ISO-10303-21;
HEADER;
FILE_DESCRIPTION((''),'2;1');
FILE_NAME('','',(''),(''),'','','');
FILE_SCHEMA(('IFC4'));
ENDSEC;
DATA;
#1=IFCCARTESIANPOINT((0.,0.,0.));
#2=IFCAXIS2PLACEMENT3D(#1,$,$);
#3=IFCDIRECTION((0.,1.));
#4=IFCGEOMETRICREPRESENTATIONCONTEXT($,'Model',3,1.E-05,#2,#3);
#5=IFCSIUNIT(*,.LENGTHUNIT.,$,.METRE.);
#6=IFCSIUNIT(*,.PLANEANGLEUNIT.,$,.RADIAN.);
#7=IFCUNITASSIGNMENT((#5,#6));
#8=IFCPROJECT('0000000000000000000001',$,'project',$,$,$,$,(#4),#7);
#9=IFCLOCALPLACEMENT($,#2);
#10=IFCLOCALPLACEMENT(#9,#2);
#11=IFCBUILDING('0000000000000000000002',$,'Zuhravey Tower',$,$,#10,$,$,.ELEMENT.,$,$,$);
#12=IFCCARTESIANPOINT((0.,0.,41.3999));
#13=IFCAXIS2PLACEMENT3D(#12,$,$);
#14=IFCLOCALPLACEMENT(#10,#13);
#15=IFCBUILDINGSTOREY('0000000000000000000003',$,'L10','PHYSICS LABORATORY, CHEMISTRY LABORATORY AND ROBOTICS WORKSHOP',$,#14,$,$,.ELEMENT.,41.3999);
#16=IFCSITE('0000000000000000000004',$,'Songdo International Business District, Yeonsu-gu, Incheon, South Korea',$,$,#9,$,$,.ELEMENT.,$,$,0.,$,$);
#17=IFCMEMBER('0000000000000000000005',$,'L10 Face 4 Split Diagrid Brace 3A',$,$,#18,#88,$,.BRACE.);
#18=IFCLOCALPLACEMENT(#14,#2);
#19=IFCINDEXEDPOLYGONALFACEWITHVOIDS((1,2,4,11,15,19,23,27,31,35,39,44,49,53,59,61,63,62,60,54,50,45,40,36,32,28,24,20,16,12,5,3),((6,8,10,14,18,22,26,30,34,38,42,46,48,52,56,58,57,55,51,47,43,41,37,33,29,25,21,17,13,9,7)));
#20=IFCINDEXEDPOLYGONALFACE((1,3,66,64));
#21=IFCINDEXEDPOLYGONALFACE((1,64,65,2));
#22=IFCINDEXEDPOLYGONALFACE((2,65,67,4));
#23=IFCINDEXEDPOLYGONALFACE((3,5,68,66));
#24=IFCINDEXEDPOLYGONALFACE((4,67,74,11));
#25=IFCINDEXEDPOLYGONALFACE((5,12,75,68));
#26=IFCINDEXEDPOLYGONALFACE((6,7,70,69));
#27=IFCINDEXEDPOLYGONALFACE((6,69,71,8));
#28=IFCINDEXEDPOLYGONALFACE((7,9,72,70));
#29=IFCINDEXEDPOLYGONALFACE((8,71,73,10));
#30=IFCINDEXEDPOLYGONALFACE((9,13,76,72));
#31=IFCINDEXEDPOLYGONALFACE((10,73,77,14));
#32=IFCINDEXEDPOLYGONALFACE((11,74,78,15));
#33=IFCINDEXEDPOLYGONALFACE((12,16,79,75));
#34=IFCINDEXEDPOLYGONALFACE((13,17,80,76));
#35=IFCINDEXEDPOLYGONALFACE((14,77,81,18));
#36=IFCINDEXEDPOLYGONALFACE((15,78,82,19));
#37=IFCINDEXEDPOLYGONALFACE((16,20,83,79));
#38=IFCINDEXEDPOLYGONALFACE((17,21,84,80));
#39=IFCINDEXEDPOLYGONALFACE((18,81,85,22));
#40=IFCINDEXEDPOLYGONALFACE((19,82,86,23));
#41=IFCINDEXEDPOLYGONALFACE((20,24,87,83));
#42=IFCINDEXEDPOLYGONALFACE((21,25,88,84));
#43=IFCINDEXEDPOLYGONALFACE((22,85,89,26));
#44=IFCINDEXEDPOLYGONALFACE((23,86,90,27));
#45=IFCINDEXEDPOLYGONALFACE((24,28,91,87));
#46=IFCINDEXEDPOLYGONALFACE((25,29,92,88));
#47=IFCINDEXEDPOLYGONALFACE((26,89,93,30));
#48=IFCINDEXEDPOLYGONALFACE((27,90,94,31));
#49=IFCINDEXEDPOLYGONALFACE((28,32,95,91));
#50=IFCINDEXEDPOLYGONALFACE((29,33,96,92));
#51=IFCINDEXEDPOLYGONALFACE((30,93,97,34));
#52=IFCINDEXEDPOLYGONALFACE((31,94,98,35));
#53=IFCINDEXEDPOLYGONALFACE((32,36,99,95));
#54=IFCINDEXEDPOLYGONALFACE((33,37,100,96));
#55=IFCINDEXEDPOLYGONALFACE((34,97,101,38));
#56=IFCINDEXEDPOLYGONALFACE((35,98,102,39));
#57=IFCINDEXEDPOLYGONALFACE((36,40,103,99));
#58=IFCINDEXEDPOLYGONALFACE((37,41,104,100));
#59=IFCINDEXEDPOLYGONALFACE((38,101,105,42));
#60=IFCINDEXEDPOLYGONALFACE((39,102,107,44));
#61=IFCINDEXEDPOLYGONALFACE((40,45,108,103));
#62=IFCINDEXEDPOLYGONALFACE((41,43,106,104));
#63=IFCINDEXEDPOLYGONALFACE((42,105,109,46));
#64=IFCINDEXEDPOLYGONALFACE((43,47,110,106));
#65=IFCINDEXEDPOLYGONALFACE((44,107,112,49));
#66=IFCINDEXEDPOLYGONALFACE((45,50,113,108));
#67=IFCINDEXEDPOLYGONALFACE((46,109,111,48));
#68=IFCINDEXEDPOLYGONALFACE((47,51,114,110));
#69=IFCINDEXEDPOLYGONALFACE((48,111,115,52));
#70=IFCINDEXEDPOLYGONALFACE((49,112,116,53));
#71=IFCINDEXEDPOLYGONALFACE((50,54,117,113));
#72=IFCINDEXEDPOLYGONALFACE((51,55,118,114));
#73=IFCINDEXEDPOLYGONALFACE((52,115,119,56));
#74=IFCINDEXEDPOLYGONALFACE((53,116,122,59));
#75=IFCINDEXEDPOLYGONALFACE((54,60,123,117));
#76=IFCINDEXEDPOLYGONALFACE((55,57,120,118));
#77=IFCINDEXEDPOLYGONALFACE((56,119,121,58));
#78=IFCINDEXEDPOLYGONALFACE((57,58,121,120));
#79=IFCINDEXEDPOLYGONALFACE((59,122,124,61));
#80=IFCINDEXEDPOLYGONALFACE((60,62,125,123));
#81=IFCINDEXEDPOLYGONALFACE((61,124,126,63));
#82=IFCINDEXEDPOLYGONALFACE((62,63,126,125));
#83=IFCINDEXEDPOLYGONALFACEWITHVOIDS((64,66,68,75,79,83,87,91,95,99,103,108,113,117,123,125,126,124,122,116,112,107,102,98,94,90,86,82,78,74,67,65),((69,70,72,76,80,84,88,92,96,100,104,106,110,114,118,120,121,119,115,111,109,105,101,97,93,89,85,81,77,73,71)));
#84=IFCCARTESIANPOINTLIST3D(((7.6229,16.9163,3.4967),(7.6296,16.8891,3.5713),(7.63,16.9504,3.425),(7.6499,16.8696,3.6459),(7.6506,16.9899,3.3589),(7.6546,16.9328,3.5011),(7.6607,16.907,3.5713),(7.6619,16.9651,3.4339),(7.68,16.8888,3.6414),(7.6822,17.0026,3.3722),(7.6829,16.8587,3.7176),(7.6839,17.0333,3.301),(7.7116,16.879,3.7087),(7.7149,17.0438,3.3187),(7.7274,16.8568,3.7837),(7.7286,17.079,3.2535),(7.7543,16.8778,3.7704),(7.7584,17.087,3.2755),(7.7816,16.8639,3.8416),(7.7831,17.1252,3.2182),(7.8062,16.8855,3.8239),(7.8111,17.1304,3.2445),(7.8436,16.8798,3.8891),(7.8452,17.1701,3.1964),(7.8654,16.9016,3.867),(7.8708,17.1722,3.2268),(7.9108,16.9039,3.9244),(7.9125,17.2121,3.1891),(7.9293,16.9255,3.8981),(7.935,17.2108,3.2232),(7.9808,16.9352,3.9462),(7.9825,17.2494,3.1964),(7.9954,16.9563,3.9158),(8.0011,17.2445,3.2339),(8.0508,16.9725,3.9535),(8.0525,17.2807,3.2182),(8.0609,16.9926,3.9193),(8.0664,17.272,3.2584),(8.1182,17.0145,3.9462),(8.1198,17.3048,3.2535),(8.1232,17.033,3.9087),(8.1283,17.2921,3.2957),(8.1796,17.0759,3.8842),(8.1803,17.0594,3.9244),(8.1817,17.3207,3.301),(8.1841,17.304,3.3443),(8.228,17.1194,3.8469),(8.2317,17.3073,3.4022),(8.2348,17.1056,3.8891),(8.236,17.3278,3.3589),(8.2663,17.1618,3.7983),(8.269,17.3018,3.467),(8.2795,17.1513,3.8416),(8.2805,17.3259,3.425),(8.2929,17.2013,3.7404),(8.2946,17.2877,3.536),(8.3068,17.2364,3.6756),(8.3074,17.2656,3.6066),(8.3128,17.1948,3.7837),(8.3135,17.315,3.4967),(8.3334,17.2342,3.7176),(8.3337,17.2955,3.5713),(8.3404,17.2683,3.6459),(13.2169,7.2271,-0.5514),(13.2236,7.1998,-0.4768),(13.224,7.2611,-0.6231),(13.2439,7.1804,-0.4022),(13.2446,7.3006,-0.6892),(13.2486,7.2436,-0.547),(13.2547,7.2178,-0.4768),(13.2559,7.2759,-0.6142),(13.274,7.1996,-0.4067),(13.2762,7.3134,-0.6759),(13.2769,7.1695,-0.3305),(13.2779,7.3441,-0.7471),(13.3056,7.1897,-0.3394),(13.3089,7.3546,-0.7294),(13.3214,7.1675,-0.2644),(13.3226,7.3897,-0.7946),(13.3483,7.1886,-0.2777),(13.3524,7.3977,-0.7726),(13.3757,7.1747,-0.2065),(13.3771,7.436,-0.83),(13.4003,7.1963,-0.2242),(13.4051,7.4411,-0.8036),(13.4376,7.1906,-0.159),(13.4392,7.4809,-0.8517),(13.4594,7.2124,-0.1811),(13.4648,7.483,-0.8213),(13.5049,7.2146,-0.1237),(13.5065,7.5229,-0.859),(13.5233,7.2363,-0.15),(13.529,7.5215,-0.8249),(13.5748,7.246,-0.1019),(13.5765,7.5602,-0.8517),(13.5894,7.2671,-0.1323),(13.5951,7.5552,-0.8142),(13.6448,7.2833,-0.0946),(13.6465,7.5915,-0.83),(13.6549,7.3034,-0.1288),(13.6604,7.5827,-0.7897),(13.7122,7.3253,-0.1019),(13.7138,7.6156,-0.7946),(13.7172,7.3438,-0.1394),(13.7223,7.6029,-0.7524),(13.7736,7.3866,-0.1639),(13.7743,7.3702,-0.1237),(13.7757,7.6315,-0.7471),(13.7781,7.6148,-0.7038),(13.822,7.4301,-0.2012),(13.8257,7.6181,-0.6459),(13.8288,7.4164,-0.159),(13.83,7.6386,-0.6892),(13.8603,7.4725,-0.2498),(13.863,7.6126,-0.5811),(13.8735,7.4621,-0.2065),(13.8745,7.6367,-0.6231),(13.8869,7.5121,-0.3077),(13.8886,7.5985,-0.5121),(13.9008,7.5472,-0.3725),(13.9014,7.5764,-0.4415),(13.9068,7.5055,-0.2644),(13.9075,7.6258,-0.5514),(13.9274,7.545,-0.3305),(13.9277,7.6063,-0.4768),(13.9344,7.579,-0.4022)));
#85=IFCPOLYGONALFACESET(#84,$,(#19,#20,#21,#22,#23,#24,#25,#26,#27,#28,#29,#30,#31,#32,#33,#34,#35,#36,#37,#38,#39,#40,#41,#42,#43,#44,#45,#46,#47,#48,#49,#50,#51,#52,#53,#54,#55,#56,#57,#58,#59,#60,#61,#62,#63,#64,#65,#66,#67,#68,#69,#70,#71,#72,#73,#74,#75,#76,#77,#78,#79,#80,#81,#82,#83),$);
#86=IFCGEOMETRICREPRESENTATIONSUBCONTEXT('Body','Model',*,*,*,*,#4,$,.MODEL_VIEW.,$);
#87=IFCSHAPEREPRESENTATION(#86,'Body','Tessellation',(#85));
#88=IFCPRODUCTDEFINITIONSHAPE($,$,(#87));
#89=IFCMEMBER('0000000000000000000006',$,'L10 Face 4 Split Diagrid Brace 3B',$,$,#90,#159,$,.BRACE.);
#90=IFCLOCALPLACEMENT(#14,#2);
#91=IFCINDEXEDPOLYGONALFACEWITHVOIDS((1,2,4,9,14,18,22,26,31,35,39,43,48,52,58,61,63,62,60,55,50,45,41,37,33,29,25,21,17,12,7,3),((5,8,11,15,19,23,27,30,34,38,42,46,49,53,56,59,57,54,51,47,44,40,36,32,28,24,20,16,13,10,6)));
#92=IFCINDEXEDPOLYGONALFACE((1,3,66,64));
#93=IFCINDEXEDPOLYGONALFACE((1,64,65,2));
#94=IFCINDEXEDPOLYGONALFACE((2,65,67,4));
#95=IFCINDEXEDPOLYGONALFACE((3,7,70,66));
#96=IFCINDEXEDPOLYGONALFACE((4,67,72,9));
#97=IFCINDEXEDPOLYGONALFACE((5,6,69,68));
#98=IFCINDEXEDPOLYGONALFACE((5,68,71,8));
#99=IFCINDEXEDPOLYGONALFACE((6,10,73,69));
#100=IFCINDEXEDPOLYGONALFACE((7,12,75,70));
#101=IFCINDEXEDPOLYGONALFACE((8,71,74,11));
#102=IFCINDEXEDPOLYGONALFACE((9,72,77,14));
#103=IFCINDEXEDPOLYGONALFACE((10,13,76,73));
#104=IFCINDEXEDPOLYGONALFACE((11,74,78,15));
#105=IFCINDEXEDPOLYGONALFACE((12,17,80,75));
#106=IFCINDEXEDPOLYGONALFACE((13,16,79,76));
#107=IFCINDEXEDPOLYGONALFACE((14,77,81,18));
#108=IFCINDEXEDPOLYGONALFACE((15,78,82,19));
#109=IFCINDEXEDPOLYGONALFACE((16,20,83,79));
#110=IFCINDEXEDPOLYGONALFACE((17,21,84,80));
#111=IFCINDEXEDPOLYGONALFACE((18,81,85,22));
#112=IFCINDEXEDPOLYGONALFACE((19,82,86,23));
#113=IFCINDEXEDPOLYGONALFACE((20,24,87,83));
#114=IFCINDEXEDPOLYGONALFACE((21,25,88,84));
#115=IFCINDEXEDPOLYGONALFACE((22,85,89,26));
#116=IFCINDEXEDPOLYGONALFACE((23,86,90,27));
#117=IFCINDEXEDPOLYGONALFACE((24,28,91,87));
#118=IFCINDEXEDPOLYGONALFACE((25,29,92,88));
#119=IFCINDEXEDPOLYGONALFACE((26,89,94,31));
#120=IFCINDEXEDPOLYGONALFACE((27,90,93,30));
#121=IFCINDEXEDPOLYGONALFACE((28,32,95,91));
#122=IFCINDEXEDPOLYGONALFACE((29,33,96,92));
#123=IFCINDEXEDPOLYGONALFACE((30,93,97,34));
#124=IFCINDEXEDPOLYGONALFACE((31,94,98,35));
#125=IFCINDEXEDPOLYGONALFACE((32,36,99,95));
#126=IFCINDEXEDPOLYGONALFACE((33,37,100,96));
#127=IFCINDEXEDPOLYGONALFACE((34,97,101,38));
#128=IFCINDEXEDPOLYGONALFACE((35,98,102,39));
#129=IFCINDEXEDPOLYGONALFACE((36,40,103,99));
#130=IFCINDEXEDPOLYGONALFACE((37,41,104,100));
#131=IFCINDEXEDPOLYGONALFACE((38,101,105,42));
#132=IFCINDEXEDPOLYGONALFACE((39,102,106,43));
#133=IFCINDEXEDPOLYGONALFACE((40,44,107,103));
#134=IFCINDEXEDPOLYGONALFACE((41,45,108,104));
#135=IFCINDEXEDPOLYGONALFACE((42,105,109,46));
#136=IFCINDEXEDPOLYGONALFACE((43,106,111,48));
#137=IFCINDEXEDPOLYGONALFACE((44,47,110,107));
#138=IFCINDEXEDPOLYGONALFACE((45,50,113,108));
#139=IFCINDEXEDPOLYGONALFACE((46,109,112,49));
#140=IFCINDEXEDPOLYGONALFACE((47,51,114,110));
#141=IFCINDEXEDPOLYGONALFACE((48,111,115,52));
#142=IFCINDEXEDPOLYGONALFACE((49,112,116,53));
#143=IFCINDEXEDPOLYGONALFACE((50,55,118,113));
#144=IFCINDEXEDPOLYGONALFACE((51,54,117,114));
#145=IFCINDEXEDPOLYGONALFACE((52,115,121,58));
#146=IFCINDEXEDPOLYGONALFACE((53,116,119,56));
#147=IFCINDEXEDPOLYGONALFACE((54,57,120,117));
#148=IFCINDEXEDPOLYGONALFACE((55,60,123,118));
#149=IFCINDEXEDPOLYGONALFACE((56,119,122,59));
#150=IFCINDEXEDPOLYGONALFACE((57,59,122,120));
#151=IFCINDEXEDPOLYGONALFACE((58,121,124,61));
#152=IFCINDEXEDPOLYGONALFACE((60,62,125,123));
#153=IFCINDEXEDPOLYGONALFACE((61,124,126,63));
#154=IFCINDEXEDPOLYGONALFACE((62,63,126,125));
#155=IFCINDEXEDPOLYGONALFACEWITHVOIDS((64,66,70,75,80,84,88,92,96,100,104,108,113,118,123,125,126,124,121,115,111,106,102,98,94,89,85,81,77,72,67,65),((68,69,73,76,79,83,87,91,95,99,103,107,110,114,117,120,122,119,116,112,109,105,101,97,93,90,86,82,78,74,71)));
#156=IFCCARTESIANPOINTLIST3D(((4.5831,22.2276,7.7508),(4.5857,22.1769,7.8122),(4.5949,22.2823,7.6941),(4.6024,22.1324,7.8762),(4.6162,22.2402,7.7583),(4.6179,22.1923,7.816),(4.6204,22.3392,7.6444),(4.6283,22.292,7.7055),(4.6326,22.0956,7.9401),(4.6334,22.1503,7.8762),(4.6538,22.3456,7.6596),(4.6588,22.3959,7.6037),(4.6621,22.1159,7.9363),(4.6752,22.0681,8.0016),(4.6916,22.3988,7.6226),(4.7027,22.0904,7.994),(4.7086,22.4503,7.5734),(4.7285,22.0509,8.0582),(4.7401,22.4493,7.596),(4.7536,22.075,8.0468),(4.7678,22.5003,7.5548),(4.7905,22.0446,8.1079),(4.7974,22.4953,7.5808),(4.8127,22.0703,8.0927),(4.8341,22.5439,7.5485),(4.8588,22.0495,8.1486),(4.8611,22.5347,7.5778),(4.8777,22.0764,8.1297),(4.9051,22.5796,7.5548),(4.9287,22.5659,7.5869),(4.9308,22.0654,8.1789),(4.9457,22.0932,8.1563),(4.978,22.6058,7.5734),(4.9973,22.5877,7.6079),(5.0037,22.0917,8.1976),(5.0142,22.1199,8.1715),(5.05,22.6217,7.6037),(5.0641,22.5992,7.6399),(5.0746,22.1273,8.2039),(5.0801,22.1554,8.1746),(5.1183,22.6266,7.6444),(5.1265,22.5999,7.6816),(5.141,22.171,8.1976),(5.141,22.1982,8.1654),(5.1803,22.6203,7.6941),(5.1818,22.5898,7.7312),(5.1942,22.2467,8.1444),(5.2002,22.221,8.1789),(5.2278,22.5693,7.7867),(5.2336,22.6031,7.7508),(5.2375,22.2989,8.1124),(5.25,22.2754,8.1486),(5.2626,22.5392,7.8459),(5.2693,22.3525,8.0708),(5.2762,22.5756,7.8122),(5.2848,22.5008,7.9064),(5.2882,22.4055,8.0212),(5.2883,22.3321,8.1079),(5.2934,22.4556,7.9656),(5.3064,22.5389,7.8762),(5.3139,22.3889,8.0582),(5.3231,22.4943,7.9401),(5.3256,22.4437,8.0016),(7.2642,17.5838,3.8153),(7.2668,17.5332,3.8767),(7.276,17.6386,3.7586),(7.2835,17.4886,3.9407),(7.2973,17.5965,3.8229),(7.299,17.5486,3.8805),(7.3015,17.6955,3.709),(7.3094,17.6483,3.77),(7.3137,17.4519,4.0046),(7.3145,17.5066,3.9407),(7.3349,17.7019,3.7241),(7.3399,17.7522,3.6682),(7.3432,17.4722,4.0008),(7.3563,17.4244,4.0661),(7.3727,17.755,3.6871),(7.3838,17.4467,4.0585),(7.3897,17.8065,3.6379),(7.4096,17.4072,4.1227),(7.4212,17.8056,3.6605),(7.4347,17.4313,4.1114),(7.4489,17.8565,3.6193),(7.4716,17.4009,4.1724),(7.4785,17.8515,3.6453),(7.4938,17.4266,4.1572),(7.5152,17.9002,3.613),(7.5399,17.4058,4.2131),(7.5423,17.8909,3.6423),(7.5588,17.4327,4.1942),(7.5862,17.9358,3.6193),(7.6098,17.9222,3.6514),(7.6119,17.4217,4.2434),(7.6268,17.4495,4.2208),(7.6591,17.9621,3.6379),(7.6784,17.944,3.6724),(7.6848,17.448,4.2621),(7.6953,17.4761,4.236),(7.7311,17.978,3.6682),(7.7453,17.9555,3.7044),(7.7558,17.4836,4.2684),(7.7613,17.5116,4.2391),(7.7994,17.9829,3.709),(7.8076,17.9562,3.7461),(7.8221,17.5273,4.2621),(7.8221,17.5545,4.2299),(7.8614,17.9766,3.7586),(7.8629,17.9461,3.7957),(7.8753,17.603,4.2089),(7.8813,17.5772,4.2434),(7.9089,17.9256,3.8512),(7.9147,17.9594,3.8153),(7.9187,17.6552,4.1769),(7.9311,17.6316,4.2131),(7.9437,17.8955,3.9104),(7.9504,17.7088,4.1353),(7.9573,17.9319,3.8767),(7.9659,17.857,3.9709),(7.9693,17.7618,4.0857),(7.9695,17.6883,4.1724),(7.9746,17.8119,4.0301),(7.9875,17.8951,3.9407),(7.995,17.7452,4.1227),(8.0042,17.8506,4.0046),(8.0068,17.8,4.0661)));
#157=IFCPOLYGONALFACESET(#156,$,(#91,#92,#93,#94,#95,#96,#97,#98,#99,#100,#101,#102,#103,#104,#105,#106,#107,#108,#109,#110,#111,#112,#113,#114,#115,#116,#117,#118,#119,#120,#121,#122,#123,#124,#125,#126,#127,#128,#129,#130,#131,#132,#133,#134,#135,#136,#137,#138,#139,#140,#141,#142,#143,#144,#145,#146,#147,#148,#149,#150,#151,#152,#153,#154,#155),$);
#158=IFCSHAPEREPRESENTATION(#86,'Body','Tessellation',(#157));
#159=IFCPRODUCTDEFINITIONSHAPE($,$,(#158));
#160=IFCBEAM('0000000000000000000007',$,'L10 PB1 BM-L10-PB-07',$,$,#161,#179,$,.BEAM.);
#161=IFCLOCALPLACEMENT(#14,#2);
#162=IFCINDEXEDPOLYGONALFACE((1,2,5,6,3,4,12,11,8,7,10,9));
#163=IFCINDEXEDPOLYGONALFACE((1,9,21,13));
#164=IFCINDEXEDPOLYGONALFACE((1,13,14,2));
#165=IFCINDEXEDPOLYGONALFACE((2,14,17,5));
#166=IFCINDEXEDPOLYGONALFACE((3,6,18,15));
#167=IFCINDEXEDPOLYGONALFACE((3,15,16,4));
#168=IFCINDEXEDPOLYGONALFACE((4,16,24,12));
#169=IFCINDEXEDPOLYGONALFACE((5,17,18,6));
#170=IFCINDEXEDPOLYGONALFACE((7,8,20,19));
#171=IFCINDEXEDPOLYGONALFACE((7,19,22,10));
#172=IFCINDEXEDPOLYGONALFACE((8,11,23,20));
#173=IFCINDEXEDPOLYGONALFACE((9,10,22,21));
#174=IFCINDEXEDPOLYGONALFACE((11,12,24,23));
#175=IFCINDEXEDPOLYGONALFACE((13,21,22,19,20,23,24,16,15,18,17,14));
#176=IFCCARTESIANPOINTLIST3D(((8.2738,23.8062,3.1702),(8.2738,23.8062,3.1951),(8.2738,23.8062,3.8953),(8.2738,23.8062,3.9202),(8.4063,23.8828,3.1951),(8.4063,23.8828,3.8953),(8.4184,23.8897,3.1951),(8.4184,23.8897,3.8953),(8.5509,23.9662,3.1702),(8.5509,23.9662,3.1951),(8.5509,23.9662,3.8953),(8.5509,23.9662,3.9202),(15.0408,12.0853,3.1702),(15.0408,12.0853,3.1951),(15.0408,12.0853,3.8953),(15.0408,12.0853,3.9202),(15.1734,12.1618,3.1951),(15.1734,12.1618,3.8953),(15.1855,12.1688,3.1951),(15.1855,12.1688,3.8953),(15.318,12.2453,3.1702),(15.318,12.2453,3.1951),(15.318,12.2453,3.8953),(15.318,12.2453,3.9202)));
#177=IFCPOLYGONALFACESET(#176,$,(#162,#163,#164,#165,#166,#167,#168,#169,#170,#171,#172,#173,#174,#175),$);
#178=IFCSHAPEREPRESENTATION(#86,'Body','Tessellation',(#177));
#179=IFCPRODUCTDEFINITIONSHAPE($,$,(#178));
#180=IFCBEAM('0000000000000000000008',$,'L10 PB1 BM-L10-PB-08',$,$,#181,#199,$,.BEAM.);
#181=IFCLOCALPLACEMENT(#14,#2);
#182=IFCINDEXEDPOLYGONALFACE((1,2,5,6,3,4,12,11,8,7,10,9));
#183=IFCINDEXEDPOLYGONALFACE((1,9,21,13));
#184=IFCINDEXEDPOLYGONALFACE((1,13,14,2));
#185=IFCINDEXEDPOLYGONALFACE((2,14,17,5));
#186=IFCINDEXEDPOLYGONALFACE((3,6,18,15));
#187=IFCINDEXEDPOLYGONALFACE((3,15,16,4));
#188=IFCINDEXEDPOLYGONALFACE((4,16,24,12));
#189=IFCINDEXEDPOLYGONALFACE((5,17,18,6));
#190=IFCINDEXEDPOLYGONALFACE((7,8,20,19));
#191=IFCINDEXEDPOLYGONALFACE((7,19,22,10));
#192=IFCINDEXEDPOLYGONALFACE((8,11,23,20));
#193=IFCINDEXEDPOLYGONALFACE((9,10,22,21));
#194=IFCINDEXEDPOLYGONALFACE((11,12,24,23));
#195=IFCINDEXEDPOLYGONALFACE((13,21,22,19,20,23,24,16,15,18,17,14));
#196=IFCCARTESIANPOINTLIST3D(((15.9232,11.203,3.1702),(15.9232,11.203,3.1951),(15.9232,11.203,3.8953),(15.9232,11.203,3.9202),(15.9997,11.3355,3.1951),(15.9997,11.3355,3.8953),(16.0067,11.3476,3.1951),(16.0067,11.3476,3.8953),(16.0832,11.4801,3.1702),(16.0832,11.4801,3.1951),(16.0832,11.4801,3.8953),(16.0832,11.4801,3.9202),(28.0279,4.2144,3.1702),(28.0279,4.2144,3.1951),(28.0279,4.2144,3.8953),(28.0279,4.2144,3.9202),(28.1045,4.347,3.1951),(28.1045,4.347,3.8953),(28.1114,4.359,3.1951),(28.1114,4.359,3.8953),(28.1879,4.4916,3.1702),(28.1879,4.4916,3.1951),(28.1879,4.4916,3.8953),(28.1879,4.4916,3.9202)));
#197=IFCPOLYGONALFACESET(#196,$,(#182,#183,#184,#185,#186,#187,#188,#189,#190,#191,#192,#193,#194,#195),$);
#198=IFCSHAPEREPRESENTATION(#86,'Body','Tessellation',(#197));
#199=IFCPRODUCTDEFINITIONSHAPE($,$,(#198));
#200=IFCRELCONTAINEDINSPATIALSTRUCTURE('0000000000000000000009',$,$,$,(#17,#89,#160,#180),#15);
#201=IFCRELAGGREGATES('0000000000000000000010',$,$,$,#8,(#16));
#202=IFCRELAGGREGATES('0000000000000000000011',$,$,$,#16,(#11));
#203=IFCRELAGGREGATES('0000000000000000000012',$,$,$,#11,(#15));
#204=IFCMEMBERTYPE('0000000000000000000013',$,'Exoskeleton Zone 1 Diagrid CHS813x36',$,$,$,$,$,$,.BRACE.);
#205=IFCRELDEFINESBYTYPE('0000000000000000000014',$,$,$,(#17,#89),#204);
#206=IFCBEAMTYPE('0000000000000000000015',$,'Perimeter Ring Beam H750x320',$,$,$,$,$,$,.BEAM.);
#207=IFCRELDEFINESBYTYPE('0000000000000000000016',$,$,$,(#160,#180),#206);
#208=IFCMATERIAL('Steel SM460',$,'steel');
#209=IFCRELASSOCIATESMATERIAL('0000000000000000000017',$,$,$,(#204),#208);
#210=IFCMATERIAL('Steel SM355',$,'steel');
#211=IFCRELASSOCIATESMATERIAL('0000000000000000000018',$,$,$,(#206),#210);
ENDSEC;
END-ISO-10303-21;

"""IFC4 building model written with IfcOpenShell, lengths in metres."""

from ifc_helpers import new_model, si_unit, direction, frame, origin, origin_2d, place, context, subcontext, project, spatial, hollow_circle, i_section, extrude, material, material_profile, profile_set, type_object, element, save


model = new_model("IFC4")

# Units and contexts
model_context = context("Model", 3, precision=1e-05, world=origin(), true_north=direction((0.0, 1.0)))
body_context = subcontext(model_context, "Body", "Model", "MODEL_VIEW")
ifc_project = project(units=[si_unit("LENGTHUNIT", "METRE"), si_unit("PLANEANGLEUNIT", "RADIAN")], contexts=[model_context])

# Site, building, storey
site_placement = place(None, origin())
site = spatial("IfcSite", under=ifc_project, at=site_placement, Name="Songdo International Business District, Yeonsu-gu, Incheon, South Korea", CompositionType="ELEMENT", RefElevation=0.0)
building_placement = place(site_placement, origin())
building = spatial("IfcBuilding", under=site, at=building_placement, Name="Zuhravey Tower", CompositionType="ELEMENT")
storey_placement = place(building_placement, frame((0.0, 0.0, 41.3999)))
storey = spatial("IfcBuildingStorey", under=building, at=storey_placement, Name="L10", Description="PHYSICS LABORATORY, CHEMISTRY LABORATORY AND ROBOTICS WORKSHOP", CompositionType="ELEMENT", Elevation=41.3999)

# Members
ifc_material_1 = material(Name="Steel SM355", Category="steel")
ifc_material_2 = material(Name="Steel SM460", Category="steel")
ifc_material_profile_1 = material_profile(ifc_material_2, hollow_circle(Radius=0.4065, WallThickness=0.0359, at=origin_2d()), Name="CHS-812.8x36")
ifc_profile_set_1 = profile_set([ifc_material_profile_1], Name="Steel SM460")
member_type_1 = type_object("IfcMemberType", Name="Exoskeleton Zone 1 Diagrid CHS813x36", PredefinedType="BRACE", material=ifc_profile_set_1)
member_1_placement = place(storey_placement, frame((13.5757, 7.4031, -0.4768), z_axis=(-0.470166, 0.814361, 0.340235), x_axis=(-0.866028, -0.499995, 0.0)))
element("IfcMember", 1, at=member_1_placement, inside=storey, type_object=member_type_1, Name="L10 Face 4 Split Diagrid Brace 3A", PredefinedType="BRACE", context=body_context, shape_type="SweptSolid", body=[
    extrude(hollow_circle(Radius=0.4065, WallThickness=0.0359, at=origin_2d()), origin(), (0.0, 0.0, 1.0), 11.8979),
])
member_2_placement = place(storey_placement, frame((7.6355, 17.6919, 3.9407), z_axis=(-0.403092, 0.698162, 0.591681), x_axis=(-0.866021, -0.500008, 0.0)))
element("IfcMember", 2, at=member_2_placement, inside=storey, type_object=member_type_1, Name="L10 Face 4 Split Diagrid Brace 3B", PredefinedType="BRACE", context=body_context, shape_type="SweptSolid", body=[
    extrude(hollow_circle(Radius=0.4065, WallThickness=0.0359, at=origin_2d()), origin(), (0.0, 0.0, 1.0), 6.6514),
])

# Beams
ifc_material_profile_2 = material_profile(ifc_material_1, i_section(OverallWidth=0.3201, OverallDepth=0.75, WebThickness=0.0139, FlangeThickness=0.0249, at=origin_2d()), Name="H-750x320x14x25")
ifc_profile_set_2 = profile_set([ifc_material_profile_2], Name="Steel SM355")
beam_type_1 = type_object("IfcBeamType", Name="Perimeter Ring Beam H750x320", PredefinedType="BEAM", material=ifc_profile_set_2)
beam_1_placement = place(storey_placement, frame((8.4124, 23.8862, 3.5452), z_axis=(0.5, -0.866025, 0.0), x_axis=(0.866025, 0.5, 0.0)))
element("IfcBeam", 3, at=beam_1_placement, inside=storey, type_object=beam_type_1, Name="L10 PB1 BM-L10-PB-07", PredefinedType="BEAM", context=body_context, shape_type="SweptSolid", body=[
    extrude(i_section(OverallWidth=0.3201, OverallDepth=0.75, WebThickness=0.0139, FlangeThickness=0.0249, at=origin_2d()), origin(), (0.0, 0.0, 1.0), 13.5342),
])
beam_2_placement = place(storey_placement, frame((16.0032, 11.3416, 3.5452), z_axis=(0.86603, -0.499992, 0.0), x_axis=(0.499992, 0.86603, 0.0)))
element("IfcBeam", 4, at=beam_2_placement, inside=storey, type_object=beam_type_1, Name="L10 PB1 BM-L10-PB-08", PredefinedType="BEAM", context=body_context, shape_type="SweptSolid", body=[
    extrude(i_section(OverallWidth=0.3201, OverallDepth=0.75, WebThickness=0.0139, FlangeThickness=0.0249, at=origin_2d()), origin(), (0.0, 0.0, 1.0), 13.9773),
])

save(model, "model.ifc")
